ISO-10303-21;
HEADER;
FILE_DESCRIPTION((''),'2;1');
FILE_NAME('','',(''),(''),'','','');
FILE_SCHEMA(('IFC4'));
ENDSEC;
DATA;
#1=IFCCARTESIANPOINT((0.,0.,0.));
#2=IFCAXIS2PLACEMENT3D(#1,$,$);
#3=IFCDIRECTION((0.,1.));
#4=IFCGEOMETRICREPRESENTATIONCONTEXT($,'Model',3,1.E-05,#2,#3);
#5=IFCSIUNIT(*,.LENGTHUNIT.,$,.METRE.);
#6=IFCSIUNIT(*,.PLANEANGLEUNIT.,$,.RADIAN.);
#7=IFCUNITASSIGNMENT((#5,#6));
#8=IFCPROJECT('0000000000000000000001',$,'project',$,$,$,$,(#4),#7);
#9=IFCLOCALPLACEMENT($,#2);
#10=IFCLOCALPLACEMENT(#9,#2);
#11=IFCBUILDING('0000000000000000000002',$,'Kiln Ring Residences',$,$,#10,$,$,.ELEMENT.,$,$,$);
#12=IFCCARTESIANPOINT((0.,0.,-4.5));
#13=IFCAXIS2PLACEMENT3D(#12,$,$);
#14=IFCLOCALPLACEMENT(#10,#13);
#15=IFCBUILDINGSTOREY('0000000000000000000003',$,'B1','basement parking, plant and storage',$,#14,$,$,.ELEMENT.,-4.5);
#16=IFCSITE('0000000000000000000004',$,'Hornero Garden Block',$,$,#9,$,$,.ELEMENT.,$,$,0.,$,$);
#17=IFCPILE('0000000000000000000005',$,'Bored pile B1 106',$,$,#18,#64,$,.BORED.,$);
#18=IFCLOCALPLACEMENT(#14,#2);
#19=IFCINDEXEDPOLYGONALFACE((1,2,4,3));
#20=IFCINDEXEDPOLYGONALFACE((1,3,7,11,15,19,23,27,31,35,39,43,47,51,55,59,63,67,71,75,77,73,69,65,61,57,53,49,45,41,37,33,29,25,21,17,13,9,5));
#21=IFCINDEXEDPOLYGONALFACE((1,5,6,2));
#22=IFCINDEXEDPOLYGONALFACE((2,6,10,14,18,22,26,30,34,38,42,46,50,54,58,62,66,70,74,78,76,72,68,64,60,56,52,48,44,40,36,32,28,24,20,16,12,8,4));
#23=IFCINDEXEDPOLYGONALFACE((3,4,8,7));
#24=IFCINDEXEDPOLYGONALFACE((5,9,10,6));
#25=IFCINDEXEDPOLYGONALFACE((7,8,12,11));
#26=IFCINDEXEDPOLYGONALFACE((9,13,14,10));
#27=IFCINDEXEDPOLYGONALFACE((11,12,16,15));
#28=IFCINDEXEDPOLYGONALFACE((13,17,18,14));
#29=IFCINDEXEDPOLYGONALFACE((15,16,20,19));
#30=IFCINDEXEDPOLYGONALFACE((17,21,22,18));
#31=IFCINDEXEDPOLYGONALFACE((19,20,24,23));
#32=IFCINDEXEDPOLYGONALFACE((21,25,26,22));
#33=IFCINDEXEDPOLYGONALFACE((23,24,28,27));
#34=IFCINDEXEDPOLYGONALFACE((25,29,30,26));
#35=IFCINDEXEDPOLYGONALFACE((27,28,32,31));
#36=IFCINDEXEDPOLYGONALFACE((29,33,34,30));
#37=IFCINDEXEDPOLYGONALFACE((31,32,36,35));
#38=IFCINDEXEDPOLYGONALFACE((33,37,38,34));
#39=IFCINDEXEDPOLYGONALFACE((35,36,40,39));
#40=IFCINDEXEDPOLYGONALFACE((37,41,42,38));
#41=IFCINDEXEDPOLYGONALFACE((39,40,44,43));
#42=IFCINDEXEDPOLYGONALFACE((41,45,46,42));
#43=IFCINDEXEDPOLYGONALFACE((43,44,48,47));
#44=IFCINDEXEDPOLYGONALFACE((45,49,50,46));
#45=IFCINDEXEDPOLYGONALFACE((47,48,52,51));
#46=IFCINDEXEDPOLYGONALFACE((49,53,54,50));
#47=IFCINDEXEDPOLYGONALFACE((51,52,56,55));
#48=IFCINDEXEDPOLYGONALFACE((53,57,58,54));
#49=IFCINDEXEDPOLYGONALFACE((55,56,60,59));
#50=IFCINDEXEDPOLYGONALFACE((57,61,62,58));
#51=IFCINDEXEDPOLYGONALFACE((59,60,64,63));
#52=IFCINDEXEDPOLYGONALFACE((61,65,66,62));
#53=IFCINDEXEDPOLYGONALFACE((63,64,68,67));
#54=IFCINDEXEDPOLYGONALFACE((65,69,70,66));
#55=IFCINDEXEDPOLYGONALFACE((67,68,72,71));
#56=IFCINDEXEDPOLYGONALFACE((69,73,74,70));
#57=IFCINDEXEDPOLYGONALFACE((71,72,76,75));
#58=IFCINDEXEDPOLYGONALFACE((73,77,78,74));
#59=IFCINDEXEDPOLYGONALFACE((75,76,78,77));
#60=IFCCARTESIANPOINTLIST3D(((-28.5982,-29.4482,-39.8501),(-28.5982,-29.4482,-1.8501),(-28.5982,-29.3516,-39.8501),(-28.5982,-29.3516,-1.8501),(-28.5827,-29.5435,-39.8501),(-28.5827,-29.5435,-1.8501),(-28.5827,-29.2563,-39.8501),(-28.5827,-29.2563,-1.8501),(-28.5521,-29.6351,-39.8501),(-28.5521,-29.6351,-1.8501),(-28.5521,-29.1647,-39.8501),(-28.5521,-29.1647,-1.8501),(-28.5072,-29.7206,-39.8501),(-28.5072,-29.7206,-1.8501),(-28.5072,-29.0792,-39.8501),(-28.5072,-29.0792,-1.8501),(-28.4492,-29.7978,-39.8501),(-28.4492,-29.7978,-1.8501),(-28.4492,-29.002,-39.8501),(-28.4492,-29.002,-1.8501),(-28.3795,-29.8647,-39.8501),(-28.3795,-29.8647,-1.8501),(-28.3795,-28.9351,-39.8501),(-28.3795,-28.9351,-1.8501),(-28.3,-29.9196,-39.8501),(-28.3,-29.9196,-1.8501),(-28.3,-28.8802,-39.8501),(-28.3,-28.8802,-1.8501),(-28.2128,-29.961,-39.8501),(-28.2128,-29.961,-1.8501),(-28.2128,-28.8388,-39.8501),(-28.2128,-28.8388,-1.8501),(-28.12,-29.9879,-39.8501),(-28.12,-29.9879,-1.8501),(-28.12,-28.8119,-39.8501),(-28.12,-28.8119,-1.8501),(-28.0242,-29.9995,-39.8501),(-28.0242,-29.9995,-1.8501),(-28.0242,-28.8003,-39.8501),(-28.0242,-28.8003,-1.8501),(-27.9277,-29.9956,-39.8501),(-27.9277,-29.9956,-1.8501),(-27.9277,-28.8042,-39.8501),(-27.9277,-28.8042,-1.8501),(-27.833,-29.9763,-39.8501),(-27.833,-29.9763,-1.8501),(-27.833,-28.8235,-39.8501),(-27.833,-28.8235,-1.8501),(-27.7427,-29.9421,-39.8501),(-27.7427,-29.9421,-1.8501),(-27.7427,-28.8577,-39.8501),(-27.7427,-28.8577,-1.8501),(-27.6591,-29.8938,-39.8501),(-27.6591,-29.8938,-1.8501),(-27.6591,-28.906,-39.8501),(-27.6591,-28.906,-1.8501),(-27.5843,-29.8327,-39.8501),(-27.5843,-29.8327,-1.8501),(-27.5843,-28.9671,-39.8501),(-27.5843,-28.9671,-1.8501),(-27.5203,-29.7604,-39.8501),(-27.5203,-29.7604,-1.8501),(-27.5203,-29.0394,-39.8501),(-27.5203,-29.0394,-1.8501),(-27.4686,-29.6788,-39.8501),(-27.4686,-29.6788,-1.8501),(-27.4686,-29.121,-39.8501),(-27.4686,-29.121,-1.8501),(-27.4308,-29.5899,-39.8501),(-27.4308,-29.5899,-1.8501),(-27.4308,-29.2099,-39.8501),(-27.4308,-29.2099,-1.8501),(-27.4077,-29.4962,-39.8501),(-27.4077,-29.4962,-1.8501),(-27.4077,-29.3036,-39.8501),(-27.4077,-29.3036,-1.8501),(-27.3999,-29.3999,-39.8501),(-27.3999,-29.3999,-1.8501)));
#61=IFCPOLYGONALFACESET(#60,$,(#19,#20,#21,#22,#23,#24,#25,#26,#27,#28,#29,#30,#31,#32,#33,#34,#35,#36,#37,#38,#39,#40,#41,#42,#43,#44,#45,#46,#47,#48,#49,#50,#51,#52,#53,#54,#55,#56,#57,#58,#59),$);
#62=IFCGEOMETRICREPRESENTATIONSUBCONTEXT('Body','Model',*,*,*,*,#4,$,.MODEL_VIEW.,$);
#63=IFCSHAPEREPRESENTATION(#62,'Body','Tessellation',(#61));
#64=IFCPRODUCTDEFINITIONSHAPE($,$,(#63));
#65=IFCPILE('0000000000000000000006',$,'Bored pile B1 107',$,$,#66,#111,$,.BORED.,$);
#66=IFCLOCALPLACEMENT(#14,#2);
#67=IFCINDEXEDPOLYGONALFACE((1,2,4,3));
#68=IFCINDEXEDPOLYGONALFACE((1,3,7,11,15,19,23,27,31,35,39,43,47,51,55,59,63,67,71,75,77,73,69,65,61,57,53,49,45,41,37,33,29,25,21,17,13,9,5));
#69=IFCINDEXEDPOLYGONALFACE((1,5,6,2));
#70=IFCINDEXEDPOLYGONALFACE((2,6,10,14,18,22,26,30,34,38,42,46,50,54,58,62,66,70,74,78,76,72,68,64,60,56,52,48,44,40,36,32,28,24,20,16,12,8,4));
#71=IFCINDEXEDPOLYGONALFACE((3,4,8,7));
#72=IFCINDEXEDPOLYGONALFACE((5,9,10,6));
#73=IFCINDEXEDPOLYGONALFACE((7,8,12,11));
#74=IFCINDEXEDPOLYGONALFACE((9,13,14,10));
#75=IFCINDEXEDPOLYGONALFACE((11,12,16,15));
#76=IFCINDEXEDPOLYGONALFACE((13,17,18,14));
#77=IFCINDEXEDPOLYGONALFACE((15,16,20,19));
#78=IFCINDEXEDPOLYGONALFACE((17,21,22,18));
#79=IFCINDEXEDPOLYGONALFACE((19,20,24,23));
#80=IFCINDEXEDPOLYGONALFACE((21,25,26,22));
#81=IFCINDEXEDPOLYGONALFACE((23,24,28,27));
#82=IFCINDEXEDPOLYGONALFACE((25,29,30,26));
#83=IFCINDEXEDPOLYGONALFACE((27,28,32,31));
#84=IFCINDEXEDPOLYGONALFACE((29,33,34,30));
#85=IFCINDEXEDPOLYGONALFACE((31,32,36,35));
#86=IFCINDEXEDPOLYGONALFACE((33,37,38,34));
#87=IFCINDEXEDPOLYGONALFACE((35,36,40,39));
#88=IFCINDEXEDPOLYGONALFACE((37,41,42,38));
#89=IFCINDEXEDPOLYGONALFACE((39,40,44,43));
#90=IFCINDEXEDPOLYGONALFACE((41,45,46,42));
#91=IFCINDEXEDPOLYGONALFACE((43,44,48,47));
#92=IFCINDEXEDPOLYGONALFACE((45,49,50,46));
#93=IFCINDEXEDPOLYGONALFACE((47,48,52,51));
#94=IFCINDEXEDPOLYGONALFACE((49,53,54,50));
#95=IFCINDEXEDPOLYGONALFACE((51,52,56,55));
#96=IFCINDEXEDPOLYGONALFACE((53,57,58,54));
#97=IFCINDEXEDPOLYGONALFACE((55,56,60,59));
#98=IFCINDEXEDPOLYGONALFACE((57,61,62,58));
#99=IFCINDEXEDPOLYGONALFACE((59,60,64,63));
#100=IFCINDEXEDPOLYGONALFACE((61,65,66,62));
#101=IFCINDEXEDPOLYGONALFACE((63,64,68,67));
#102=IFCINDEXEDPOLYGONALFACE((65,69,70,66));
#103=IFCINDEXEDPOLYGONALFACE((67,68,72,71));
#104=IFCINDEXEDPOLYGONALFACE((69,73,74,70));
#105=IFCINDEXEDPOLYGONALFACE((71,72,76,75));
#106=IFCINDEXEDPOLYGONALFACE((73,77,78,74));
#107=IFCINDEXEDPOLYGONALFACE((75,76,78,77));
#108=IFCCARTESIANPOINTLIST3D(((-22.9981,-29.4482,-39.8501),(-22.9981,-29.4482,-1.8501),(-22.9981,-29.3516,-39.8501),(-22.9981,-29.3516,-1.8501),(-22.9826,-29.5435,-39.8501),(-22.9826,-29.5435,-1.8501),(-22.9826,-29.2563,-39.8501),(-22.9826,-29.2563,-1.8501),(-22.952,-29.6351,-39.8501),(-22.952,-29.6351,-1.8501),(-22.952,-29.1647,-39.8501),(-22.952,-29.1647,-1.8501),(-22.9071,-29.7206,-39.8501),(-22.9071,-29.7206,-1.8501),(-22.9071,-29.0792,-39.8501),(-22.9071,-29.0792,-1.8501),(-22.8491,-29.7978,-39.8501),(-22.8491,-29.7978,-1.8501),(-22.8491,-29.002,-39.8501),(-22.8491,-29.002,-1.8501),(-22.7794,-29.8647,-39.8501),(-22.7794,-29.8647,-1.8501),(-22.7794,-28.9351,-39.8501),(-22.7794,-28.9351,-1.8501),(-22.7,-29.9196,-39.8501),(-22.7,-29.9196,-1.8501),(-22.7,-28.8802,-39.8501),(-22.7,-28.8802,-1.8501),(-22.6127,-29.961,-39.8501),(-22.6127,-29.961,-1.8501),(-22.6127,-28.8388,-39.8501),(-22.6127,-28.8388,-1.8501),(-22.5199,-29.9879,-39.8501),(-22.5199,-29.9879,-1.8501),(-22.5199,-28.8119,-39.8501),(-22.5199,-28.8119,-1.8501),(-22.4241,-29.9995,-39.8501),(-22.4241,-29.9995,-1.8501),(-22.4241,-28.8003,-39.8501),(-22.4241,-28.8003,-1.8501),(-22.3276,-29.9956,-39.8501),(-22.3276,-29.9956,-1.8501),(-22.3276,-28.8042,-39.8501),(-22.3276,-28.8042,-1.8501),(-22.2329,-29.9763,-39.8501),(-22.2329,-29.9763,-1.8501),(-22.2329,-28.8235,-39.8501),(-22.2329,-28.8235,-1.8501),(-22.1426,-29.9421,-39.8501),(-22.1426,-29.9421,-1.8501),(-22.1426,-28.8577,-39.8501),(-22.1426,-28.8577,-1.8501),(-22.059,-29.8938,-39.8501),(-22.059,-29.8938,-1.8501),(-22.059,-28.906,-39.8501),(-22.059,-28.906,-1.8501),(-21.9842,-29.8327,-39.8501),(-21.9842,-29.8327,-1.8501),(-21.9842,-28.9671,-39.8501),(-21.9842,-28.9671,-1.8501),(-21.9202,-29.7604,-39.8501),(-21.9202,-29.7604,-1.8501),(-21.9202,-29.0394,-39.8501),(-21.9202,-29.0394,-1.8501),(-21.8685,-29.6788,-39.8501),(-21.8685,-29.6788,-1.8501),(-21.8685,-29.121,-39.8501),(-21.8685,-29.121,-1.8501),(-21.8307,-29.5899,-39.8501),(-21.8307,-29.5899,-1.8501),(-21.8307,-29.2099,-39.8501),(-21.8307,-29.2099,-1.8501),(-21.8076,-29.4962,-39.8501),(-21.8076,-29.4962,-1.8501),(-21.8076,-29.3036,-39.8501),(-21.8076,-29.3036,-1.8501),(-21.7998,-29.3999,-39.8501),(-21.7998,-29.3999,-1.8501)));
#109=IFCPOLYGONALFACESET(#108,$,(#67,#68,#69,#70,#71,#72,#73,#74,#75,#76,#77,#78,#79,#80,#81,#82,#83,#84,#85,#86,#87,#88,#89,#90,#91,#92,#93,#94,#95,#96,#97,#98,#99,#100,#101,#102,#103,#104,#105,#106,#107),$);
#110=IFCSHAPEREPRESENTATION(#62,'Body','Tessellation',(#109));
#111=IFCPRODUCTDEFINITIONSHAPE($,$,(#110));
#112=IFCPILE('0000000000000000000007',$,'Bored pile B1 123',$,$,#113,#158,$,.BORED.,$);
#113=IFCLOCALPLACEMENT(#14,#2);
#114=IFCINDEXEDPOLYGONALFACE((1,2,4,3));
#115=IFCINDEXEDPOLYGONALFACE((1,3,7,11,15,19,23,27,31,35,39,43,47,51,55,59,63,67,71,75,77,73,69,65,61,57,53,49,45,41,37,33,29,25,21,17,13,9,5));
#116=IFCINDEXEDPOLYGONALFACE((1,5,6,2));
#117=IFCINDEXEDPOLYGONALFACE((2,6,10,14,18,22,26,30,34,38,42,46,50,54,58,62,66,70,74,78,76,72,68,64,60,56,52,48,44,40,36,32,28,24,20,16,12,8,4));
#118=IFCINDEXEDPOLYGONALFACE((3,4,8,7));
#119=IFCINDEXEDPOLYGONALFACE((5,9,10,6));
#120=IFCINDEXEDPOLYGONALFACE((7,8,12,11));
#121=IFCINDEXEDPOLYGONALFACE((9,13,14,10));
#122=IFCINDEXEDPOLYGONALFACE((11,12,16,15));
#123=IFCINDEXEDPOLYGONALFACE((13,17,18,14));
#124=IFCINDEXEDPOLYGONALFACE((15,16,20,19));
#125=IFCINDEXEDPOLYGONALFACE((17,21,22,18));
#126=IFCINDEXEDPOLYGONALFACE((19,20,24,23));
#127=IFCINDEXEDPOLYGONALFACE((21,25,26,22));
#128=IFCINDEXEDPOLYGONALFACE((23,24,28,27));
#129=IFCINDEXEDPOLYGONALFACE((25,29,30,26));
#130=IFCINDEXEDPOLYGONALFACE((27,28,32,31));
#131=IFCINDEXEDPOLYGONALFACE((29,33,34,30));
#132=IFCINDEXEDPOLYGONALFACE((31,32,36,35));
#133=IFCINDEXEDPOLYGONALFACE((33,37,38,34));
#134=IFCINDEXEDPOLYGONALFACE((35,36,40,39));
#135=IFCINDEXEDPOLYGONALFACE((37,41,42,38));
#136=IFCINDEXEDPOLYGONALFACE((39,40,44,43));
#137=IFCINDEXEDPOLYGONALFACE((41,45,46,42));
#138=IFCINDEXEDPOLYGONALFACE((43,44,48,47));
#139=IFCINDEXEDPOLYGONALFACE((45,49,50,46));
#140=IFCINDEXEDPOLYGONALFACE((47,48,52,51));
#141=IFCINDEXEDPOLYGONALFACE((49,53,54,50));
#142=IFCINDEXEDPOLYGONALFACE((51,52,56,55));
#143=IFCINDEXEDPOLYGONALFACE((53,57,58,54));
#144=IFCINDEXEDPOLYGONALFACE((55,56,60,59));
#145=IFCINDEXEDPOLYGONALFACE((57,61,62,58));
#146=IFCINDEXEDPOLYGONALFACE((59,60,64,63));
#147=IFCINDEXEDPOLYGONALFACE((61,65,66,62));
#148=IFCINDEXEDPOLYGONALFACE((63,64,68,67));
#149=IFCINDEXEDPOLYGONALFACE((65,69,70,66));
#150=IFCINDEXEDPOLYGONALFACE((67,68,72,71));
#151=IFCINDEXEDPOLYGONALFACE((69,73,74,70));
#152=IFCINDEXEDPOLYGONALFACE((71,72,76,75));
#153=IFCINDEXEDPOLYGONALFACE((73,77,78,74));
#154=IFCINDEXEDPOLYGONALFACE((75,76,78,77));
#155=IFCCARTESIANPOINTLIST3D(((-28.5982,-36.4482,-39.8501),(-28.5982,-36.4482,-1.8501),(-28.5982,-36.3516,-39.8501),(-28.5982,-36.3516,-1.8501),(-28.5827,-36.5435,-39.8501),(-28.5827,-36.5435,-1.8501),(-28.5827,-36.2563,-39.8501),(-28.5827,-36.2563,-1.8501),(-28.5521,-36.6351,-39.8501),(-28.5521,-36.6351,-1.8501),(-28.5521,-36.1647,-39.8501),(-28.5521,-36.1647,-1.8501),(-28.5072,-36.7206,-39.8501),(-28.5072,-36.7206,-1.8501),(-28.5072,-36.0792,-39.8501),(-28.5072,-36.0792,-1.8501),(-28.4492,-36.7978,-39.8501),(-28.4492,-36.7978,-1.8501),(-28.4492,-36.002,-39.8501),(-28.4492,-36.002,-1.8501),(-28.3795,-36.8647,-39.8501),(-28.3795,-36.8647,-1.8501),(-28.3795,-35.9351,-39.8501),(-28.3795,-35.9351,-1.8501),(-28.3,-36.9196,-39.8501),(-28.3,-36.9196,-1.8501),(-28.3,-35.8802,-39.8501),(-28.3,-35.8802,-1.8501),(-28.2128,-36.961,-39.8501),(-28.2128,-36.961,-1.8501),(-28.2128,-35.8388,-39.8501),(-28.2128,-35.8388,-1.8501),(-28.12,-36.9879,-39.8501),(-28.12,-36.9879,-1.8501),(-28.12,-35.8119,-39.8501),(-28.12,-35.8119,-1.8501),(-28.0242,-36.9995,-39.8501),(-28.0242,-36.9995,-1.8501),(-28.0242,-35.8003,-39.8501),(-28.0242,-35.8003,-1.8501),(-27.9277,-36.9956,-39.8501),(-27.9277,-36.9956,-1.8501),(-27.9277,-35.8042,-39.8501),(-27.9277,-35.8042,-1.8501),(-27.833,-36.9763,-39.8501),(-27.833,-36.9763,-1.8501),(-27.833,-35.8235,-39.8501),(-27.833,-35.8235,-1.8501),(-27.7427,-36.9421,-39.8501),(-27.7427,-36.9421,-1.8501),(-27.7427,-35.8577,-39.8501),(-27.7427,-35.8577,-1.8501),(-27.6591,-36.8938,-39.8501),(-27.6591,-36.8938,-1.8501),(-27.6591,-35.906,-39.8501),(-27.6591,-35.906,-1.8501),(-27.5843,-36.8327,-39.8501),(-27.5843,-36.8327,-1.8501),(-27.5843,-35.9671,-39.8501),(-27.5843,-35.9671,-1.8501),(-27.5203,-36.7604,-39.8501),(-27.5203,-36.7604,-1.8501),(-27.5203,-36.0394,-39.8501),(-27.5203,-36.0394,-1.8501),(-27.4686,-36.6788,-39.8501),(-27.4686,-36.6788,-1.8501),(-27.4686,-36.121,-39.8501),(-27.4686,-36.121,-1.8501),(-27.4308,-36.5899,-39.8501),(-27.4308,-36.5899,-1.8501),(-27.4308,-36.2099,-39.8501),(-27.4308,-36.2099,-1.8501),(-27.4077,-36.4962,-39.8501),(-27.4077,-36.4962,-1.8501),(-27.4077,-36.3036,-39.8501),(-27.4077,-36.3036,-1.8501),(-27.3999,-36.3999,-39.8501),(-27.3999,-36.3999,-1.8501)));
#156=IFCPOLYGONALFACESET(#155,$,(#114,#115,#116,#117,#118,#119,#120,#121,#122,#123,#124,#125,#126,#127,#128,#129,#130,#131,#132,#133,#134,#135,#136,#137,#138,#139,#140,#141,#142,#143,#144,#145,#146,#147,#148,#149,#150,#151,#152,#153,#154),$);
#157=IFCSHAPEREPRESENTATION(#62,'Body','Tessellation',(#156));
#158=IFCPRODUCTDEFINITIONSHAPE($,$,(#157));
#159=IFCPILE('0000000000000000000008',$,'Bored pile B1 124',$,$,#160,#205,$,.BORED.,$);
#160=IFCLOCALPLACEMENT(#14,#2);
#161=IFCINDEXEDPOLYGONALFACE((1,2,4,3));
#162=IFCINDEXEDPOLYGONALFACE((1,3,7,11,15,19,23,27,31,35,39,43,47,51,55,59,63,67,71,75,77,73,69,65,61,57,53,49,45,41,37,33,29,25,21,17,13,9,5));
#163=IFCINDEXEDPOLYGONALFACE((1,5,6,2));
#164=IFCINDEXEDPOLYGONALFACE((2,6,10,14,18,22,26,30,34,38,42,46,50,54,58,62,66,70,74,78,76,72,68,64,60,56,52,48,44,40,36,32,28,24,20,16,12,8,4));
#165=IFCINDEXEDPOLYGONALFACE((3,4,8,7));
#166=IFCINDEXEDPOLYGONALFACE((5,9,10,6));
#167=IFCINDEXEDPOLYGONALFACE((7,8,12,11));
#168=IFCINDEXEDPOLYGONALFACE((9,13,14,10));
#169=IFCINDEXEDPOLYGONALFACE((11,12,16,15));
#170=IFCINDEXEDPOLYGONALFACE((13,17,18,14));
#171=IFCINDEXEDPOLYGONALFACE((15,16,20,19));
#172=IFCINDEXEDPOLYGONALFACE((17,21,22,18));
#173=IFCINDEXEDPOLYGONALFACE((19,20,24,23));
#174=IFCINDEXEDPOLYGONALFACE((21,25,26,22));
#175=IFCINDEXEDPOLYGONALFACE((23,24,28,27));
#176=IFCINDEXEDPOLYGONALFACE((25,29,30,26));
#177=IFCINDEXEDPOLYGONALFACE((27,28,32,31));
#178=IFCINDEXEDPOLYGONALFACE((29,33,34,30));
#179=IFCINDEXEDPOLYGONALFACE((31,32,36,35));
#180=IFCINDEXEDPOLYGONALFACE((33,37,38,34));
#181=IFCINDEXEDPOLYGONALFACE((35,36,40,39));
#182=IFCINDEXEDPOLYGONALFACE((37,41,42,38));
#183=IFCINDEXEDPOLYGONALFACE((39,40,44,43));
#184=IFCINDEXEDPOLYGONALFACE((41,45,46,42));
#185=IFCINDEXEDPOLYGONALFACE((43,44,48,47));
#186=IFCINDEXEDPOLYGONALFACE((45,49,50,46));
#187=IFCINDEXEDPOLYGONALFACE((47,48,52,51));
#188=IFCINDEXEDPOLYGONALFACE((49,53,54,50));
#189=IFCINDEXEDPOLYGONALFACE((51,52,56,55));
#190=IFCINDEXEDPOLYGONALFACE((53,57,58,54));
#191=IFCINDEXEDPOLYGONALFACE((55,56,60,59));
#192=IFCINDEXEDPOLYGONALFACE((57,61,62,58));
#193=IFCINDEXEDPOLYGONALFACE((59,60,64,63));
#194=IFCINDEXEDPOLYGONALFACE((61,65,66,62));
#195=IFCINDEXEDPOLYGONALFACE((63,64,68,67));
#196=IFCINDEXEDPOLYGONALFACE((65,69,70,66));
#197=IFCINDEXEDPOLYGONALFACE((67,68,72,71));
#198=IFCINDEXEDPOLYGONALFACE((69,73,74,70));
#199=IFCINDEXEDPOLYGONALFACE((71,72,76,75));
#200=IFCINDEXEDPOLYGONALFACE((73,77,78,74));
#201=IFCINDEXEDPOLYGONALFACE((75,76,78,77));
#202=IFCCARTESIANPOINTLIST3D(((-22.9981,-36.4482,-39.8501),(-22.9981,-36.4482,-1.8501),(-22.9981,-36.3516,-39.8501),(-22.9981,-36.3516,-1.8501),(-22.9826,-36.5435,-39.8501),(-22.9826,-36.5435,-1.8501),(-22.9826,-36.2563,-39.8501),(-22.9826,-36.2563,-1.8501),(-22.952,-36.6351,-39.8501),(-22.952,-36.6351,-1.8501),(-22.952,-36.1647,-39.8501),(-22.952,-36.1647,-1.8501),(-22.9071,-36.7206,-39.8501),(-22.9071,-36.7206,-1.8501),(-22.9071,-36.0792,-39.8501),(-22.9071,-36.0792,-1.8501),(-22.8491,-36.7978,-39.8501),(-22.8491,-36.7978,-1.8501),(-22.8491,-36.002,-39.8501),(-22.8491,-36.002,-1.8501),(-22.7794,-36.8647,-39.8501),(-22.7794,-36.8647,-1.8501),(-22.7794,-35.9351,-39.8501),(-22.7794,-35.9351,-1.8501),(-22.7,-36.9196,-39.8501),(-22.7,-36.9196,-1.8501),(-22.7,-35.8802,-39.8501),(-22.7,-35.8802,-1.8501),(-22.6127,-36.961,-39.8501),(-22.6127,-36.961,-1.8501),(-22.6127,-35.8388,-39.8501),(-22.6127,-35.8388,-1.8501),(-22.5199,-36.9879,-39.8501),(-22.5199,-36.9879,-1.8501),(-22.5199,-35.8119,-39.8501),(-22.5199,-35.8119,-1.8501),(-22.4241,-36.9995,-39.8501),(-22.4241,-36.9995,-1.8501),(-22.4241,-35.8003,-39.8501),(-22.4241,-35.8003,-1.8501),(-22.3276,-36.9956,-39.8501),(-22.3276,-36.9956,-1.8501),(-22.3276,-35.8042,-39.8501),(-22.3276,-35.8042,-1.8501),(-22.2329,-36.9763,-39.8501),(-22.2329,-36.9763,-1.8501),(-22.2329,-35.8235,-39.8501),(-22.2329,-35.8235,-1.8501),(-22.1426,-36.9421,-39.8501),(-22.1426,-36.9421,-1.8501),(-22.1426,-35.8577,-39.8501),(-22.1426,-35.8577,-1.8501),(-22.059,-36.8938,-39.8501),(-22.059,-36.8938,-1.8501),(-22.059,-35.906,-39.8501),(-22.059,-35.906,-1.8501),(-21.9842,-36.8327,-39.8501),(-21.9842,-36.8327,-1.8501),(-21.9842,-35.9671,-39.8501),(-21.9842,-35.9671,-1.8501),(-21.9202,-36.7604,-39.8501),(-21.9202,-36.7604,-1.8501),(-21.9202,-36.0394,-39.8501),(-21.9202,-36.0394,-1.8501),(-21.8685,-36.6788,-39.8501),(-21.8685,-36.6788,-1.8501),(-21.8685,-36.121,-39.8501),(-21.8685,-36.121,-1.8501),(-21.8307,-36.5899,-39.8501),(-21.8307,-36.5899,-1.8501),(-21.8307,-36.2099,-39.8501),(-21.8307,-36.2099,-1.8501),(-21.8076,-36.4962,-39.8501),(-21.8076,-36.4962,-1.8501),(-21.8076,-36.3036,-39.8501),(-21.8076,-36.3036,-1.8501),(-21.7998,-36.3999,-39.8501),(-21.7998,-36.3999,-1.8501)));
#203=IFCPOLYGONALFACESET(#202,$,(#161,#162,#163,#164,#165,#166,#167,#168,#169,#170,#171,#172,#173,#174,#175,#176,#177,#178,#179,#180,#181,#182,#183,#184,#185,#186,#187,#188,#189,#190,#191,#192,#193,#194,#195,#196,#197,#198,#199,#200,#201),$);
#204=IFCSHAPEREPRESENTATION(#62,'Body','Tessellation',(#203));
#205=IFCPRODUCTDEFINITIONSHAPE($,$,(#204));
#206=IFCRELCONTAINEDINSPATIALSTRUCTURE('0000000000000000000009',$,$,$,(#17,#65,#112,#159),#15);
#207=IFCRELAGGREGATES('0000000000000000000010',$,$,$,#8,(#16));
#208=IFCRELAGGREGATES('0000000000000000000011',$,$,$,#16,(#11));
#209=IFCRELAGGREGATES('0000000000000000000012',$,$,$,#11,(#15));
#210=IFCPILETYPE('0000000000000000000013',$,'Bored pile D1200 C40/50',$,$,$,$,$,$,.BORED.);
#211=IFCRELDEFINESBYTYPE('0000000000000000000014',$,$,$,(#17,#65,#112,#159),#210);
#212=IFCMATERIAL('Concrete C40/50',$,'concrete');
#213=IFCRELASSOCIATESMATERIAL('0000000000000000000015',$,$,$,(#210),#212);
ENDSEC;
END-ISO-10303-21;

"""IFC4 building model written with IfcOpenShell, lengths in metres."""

from ifc_helpers import new_model, si_unit, direction, frame, origin, origin_2d, place, context, subcontext, project, spatial, circle, extrude, material, material_profile, profile_set, type_object, element, save


model = new_model("IFC4")

# Units and contexts
model_context = context("Model", 3, precision=1e-05, world=origin(), true_north=direction((0.0, 1.0)))
body_context = subcontext(model_context, "Body", "Model", "MODEL_VIEW")
ifc_project = project(units=[si_unit("LENGTHUNIT", "METRE"), si_unit("PLANEANGLEUNIT", "RADIAN")], contexts=[model_context])

# Site, building, storey
site_placement = place(None, origin())
site = spatial("IfcSite", under=ifc_project, at=site_placement, Name="Hornero Garden Block", CompositionType="ELEMENT", RefElevation=0.0)
building_placement = place(site_placement, origin())
building = spatial("IfcBuilding", under=site, at=building_placement, Name="Kiln Ring Residences", CompositionType="ELEMENT")
storey_placement = place(building_placement, frame((0.0, 0.0, -4.5)))
storey = spatial("IfcBuildingStorey", under=building, at=storey_placement, Name="B1", Description="basement parking, plant and storage", CompositionType="ELEMENT", Elevation=-4.5)

# Piles
ifc_material_1 = material(Name="Concrete C40/50", Category="concrete")
ifc_material_profile_1 = material_profile(ifc_material_1, circle(Radius=0.6001, at=origin_2d()), Name="BORED1200")
ifc_profile_set_1 = profile_set([ifc_material_profile_1], Name="Concrete C40/50")
pile_type = type_object("IfcPileType", Name="Bored pile D1200 C40/50", PredefinedType="BORED", material=ifc_profile_set_1)
for number, where, z_axis, x_axis, name in (
    (1, (-28.0, -29.3999, -1.8501), (0.0, 0.0, -1.0), (1.0, 0.0, 0.0), "Bored pile B1 106"),
    (2, (-22.3999, -29.3999, -1.8501), (0.0, 0.0, -1.0), (1.0, 0.0, 0.0), "Bored pile B1 107"),
    (3, (-28.0, -36.3999, -1.8501), (0.0, 0.0, -1.0), (1.0, 0.0, 0.0), "Bored pile B1 123"),
    (4, (-22.3999, -36.3999, -1.8501), (0.0, 0.0, -1.0), (1.0, 0.0, 0.0), "Bored pile B1 124"),
):
    element("IfcPile", number, at=place(storey_placement, frame(where, z_axis=z_axis, x_axis=x_axis)), inside=storey, type_object=pile_type, Name=name, PredefinedType="BORED", context=body_context, shape_type="SweptSolid", body=[
        extrude(circle(Radius=0.6001, at=origin_2d()), origin(), (0.0, 0.0, 1.0), 38.0),
    ])

save(model, "model.ifc")
